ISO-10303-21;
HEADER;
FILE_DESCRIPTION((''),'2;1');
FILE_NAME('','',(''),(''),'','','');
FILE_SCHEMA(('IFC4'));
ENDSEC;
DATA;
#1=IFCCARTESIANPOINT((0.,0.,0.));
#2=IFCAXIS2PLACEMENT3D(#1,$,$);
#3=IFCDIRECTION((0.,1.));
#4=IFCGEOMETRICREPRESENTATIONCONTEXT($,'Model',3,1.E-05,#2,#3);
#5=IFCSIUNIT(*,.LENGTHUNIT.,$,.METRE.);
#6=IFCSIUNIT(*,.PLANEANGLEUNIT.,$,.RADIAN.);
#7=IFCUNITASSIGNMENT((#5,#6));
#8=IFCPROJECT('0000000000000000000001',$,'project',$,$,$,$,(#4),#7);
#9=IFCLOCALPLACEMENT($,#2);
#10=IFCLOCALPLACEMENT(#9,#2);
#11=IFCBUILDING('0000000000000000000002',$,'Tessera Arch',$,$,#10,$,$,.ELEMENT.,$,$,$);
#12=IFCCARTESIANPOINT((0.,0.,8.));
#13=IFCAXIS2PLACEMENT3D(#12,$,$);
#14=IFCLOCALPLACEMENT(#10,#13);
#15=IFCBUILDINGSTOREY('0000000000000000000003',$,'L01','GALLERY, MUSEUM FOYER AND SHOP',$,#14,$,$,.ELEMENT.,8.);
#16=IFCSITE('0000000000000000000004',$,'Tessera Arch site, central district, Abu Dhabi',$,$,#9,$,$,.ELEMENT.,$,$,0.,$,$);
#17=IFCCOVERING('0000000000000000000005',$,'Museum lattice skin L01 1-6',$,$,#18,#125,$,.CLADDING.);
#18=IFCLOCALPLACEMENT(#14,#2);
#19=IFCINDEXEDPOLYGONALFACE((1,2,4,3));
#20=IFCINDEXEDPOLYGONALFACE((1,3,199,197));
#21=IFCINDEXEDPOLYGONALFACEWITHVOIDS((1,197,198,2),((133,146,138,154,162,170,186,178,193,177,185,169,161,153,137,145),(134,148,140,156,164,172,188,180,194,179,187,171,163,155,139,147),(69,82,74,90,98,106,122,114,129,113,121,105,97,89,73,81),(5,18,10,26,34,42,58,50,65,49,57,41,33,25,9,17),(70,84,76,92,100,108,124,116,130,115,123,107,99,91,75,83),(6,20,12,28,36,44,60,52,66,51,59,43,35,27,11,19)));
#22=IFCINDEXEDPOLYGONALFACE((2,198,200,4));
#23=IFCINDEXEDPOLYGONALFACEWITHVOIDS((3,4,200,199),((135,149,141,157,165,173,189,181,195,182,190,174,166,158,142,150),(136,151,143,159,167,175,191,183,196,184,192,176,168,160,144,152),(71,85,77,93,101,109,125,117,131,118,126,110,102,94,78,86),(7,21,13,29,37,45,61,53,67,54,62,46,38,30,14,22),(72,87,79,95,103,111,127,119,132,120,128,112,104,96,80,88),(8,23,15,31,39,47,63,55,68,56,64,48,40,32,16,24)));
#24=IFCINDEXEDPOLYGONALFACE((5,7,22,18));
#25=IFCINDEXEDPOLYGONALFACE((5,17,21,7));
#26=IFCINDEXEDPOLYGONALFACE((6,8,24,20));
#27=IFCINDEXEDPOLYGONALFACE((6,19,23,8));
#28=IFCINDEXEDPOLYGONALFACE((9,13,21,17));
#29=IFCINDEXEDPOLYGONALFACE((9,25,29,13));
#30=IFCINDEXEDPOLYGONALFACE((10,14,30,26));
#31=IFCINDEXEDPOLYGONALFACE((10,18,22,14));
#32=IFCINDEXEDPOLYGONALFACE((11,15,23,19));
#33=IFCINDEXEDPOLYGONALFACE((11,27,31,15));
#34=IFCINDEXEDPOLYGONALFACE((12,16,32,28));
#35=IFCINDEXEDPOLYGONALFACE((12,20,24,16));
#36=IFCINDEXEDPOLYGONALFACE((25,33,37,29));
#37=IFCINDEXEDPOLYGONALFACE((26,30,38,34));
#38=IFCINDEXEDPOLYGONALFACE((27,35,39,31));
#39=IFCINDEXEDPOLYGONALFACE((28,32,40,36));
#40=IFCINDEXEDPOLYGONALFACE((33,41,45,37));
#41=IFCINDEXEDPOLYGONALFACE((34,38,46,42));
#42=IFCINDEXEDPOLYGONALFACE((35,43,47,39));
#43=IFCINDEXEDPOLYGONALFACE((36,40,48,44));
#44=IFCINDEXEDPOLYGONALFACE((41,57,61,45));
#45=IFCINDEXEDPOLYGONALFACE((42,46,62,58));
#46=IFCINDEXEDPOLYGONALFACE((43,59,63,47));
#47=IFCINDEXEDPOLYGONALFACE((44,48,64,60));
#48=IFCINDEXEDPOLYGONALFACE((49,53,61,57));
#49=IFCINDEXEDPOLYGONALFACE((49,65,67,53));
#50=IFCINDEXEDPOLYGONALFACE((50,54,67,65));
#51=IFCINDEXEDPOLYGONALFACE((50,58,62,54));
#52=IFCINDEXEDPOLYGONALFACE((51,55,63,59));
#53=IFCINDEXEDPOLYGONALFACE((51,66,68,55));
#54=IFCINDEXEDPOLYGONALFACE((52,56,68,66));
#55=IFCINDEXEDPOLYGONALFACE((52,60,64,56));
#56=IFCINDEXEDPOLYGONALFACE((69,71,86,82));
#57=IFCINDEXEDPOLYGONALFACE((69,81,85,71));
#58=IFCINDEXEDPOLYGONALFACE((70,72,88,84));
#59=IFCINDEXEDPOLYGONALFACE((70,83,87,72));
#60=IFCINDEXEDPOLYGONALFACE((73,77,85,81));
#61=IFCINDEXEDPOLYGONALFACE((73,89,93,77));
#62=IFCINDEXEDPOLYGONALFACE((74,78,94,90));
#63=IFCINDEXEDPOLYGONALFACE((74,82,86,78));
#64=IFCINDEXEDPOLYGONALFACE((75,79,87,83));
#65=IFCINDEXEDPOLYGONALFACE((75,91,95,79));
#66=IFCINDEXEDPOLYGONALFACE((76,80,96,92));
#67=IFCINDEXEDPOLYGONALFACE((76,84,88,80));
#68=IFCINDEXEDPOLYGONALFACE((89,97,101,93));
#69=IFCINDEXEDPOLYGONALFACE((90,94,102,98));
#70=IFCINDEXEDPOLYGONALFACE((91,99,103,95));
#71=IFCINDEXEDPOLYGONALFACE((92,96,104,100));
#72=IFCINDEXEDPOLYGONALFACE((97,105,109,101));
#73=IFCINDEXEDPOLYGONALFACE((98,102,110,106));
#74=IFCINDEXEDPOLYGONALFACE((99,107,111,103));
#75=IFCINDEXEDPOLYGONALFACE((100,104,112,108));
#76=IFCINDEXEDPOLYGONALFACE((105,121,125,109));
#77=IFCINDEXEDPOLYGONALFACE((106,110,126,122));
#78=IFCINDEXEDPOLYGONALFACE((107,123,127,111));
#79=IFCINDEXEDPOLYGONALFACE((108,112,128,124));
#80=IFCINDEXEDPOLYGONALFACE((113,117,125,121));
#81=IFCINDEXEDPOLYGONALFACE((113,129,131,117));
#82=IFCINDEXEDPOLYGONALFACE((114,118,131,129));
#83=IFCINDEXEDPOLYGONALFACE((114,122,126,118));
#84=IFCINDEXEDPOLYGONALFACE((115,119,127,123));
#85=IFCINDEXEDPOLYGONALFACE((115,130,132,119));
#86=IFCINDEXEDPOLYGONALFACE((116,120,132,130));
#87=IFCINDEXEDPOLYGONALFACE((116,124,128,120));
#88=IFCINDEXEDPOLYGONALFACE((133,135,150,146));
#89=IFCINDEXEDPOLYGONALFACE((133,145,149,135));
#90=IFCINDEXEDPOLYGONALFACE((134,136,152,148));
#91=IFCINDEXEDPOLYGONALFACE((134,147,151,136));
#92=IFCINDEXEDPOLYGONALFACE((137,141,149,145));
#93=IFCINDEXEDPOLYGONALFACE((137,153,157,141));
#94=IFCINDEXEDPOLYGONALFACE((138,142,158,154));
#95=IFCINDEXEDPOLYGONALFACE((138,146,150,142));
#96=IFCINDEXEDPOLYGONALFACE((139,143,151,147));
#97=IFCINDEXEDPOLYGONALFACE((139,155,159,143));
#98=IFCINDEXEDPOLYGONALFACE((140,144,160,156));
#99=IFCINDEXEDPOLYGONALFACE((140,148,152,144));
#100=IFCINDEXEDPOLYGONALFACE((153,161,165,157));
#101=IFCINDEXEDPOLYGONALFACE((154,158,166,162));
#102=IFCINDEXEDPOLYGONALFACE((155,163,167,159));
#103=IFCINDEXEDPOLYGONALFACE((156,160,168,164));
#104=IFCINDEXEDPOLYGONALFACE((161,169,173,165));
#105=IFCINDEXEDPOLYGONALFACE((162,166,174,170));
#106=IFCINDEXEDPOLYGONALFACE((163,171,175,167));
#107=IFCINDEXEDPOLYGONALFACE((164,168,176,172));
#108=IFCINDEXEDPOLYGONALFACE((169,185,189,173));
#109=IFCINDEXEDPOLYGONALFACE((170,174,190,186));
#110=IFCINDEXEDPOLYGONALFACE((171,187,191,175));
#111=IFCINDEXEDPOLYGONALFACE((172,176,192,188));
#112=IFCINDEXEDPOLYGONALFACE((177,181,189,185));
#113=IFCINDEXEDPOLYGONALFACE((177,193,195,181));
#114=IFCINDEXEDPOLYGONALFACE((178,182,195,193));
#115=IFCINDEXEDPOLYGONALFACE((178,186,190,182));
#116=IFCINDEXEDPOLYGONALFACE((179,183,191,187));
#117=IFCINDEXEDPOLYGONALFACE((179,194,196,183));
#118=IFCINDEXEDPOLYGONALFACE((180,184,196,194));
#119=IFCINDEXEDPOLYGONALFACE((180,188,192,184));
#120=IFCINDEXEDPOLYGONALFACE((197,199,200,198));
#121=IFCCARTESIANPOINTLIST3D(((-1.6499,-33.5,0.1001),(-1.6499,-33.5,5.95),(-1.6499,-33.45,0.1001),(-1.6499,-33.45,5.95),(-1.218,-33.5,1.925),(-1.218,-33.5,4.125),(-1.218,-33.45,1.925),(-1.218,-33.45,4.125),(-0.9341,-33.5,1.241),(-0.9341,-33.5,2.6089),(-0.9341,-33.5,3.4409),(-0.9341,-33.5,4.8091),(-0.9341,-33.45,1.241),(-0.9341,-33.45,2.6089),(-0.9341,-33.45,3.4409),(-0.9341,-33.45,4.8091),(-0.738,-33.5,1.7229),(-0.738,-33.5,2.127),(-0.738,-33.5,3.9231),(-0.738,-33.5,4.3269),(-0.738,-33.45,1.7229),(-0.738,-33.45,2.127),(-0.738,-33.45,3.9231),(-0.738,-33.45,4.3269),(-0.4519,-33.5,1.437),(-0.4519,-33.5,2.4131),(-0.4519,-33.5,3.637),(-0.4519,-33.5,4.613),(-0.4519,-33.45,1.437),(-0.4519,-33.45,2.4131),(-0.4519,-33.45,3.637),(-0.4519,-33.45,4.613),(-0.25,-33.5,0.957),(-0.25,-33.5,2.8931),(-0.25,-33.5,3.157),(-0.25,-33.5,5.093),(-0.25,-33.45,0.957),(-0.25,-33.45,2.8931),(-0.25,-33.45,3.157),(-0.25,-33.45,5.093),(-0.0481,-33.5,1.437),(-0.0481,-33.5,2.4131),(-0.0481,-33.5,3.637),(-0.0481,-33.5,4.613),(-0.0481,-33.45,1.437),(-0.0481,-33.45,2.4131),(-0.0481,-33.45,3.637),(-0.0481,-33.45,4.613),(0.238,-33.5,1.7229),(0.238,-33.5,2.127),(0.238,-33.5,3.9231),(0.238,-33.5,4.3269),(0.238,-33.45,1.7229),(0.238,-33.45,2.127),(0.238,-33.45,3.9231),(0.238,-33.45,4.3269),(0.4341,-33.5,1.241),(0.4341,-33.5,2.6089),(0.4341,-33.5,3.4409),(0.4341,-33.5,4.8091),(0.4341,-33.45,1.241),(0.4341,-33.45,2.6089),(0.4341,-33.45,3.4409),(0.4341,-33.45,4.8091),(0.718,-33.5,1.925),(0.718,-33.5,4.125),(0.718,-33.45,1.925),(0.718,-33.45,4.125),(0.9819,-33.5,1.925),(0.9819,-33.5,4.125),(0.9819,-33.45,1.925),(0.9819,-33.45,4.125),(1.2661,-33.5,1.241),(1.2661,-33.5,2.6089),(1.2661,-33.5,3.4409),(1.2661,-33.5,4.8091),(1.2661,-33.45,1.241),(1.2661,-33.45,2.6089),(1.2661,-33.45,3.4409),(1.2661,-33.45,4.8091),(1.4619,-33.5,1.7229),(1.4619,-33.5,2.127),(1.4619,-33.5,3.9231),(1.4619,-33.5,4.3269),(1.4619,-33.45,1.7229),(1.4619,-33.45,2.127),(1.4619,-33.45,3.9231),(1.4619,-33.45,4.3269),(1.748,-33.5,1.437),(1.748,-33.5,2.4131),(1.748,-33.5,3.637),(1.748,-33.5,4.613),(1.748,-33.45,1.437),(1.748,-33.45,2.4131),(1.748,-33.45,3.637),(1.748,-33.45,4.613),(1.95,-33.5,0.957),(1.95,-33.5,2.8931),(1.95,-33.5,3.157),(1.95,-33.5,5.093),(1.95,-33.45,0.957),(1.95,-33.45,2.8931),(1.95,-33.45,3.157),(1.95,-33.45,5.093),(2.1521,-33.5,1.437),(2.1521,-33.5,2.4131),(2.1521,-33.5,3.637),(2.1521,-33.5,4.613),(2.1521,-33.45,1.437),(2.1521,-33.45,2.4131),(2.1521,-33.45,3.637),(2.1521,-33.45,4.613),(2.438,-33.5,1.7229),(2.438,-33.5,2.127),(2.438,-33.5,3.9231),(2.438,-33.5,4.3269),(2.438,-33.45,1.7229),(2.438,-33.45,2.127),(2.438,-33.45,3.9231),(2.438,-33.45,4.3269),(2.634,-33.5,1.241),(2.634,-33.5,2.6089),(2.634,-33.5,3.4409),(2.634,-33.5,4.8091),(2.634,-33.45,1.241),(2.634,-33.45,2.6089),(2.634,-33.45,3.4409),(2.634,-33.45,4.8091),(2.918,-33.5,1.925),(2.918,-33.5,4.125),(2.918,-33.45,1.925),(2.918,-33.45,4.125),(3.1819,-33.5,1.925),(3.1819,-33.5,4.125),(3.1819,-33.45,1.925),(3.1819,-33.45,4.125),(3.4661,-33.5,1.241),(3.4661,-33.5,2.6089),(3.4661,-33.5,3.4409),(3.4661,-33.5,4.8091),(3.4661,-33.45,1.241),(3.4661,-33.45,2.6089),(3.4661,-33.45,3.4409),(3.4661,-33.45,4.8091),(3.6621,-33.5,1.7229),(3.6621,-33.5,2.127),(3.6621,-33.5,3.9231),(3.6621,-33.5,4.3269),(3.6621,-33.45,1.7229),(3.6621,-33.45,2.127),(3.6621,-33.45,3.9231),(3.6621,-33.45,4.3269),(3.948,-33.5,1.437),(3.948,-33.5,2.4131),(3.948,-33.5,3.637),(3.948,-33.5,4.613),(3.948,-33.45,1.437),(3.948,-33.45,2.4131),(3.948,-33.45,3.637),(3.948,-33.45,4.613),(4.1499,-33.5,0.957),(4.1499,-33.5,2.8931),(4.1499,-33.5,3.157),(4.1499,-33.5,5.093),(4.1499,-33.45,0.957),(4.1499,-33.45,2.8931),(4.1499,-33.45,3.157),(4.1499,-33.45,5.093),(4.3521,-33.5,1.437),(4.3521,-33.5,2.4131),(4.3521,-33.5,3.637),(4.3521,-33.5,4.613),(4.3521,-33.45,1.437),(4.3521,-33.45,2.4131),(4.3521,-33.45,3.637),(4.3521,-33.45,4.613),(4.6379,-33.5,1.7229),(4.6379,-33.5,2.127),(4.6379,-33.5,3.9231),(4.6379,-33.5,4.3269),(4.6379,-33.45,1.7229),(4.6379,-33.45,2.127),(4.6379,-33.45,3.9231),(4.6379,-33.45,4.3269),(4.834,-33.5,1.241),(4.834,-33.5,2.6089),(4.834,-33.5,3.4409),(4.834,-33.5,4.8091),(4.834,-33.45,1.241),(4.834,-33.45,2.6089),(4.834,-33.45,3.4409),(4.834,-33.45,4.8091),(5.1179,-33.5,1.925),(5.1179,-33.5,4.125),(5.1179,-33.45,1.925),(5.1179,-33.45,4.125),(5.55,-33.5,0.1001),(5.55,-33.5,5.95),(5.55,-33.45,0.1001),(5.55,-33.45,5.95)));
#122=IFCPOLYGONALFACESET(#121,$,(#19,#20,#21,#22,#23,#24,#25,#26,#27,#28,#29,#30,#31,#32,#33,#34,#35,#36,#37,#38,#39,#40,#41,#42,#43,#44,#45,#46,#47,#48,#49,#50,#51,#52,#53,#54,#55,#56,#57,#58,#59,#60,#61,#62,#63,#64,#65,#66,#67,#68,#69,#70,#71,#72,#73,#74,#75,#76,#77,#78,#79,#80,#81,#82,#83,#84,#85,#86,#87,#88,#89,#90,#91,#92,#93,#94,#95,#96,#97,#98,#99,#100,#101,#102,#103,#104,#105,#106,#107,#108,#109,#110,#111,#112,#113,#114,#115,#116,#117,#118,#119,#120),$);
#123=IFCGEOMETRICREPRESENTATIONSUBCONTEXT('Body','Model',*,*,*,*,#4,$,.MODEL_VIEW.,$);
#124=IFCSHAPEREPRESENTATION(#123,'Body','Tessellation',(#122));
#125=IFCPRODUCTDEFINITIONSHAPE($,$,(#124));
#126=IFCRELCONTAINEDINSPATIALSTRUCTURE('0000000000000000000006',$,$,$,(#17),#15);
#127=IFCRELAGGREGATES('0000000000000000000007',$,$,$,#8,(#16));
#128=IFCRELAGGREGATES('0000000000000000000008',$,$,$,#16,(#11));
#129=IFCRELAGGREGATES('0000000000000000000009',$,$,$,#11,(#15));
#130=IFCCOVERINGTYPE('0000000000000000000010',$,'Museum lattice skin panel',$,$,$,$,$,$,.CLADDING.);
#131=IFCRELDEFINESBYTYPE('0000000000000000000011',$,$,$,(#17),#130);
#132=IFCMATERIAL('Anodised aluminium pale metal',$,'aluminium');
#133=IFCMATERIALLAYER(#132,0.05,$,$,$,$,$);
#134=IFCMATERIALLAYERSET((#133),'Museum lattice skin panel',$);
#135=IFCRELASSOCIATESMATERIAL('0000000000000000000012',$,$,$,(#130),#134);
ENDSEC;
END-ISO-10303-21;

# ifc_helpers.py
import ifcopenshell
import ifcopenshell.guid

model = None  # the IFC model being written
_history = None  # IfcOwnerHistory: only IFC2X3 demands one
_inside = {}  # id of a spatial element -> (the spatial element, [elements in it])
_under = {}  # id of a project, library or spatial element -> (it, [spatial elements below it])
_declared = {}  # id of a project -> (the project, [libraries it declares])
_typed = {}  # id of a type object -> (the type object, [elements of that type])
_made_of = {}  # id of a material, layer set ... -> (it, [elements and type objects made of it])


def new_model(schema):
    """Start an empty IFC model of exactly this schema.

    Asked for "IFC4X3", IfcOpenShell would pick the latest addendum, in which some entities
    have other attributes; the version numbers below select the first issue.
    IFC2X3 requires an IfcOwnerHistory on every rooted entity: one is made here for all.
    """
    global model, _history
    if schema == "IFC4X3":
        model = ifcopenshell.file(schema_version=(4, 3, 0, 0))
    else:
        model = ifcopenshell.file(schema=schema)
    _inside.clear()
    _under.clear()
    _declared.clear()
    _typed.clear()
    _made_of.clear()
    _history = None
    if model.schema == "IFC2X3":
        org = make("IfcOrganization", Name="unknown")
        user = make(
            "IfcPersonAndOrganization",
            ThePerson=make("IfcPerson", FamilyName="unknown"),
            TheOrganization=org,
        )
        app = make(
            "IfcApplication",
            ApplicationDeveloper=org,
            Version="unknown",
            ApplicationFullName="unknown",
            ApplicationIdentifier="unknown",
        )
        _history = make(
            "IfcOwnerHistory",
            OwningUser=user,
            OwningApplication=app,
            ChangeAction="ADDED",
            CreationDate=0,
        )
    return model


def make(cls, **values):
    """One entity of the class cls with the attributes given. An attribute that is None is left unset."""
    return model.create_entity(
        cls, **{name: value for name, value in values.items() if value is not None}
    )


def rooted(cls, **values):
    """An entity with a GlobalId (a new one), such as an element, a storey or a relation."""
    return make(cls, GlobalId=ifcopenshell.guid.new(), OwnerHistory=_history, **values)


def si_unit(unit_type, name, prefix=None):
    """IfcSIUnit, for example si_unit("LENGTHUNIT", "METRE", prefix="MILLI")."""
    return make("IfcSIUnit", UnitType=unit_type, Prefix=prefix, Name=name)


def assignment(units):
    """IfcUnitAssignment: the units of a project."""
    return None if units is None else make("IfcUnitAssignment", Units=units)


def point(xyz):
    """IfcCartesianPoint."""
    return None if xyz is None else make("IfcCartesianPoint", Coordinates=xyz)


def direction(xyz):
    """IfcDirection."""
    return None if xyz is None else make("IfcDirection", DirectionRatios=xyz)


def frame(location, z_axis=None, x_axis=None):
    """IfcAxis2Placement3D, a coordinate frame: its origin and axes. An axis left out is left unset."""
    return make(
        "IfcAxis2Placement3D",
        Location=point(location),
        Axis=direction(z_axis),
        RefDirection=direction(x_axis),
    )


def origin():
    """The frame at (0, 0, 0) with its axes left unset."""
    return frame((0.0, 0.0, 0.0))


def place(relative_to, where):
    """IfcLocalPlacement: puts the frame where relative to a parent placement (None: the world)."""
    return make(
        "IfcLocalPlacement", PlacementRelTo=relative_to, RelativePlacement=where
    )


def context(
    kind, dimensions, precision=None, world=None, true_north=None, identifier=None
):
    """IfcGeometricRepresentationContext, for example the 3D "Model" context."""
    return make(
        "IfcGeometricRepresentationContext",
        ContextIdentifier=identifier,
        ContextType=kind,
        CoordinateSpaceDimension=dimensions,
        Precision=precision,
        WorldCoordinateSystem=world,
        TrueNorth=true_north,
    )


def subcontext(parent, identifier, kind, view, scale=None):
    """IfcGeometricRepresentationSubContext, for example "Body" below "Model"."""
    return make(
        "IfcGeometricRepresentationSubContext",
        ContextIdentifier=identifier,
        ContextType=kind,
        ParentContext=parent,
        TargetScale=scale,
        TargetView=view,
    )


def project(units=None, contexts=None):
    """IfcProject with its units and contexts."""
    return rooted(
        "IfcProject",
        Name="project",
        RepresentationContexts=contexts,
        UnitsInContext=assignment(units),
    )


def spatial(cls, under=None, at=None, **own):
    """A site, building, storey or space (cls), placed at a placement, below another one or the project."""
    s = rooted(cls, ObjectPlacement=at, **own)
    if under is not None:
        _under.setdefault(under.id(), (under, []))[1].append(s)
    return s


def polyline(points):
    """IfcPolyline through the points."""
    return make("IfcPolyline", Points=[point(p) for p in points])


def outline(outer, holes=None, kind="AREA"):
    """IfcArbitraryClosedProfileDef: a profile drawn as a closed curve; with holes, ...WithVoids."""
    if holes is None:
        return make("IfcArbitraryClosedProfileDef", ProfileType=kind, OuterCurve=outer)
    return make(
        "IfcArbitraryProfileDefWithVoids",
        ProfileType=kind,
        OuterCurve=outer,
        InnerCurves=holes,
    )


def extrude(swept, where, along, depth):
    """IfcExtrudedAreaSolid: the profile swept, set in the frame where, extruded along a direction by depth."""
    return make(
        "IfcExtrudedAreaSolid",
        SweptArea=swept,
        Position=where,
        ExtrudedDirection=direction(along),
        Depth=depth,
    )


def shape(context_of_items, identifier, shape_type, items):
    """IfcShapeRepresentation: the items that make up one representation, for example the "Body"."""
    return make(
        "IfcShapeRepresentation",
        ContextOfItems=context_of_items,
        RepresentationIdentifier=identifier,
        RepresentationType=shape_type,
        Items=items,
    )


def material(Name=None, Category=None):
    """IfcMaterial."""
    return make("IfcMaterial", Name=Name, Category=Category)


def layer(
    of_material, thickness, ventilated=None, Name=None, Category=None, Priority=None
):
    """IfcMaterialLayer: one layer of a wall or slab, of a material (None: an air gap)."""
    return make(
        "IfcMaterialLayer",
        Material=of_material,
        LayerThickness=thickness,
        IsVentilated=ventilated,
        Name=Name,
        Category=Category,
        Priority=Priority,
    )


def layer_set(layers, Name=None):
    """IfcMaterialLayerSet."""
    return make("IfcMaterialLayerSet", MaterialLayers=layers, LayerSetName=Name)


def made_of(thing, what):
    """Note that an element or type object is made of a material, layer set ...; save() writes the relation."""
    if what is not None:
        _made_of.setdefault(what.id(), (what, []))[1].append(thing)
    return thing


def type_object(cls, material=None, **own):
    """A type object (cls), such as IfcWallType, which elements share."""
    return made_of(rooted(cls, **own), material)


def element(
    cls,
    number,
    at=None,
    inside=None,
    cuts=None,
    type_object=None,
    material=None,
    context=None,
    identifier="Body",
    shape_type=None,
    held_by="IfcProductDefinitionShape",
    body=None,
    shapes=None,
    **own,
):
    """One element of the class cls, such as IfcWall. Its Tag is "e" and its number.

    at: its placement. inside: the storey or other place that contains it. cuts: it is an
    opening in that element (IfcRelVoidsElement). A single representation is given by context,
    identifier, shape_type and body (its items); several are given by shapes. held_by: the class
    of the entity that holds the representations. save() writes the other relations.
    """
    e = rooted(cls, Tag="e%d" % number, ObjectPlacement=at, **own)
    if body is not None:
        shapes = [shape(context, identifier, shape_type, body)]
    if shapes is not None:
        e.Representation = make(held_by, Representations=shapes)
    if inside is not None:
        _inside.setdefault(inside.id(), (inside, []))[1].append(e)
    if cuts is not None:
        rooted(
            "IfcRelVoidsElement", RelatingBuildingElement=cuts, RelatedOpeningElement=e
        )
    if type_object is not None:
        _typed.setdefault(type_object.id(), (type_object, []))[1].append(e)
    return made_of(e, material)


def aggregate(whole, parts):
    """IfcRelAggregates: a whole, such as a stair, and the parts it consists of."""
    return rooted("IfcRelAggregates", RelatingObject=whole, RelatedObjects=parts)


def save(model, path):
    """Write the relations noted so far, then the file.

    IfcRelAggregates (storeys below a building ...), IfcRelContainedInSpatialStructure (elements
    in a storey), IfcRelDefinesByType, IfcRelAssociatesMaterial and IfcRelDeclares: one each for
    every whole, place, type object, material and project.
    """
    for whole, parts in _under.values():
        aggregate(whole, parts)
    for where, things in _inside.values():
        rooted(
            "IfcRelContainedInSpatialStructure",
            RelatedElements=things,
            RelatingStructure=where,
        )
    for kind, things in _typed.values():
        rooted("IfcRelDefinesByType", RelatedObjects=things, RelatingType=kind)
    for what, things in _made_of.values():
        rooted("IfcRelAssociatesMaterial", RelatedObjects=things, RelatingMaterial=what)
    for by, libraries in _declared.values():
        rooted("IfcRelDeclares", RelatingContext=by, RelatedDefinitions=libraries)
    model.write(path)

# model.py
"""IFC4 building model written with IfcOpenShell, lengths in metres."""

from ifc_helpers import new_model, si_unit, direction, frame, origin, place, context, subcontext, project, spatial, polyline, outline, extrude, material, layer, layer_set, type_object, element, save


model = new_model("IFC4")

# Units and contexts
model_context = context("Model", 3, precision=1e-05, world=origin(), true_north=direction((0.0, 1.0)))
body_context = subcontext(model_context, "Body", "Model", "MODEL_VIEW")
ifc_project = project(units=[si_unit("LENGTHUNIT", "METRE"), si_unit("PLANEANGLEUNIT", "RADIAN")], contexts=[model_context])

# Site, building, storey
site_placement = place(None, origin())
site = spatial("IfcSite", under=ifc_project, at=site_placement, Name="Tessera Arch site, central district, Abu Dhabi", CompositionType="ELEMENT", RefElevation=0.0)
building_placement = place(site_placement, origin())
building = spatial("IfcBuilding", under=site, at=building_placement, Name="Tessera Arch", CompositionType="ELEMENT")
storey_placement = place(building_placement, frame((0.0, 0.0, 8.0)))
storey = spatial("IfcBuildingStorey", under=building, at=storey_placement, Name="L01", Description="GALLERY, MUSEUM FOYER AND SHOP", CompositionType="ELEMENT", Elevation=8.0)

# Covering
ifc_material_1 = material(Name="Anodised aluminium pale metal", Category="aluminium")
ifc_layer_1 = layer(ifc_material_1, 0.05)
ifc_layer_set_1 = layer_set([ifc_layer_1], Name="Museum lattice skin panel")
covering_type_1 = type_object("IfcCoveringType", Name="Museum lattice skin panel", PredefinedType="CLADDING", material=ifc_layer_set_1)
covering_1_placement = place(storey_placement, frame((-1.6499, -33.45, 5.95), z_axis=(0.0, 1.0, 0.0), x_axis=(1.0, 0.0, 0.0)))
element("IfcCovering", 1, at=covering_1_placement, inside=storey, type_object=covering_type_1, Name="Museum lattice skin L01 1-6", PredefinedType="CLADDING", context=body_context, shape_type="SweptSolid", body=[
    extrude(outline(polyline([(0.0, 0.0), (7.2, 0.0), (7.2, 5.8499), (0.0, 5.8499), (0.0, 0.0)]), holes=[polyline([(2.3679, 4.0249), (1.8879, 3.823), (2.084, 3.3411), (1.6018, 3.5369), (1.3999, 3.0569), (1.198, 3.5369), (0.7158, 3.3411), (0.9119, 3.823), (0.4319, 4.0249), (0.9119, 4.2271), (0.7158, 4.709), (1.198, 4.5129), (1.3999, 4.9929), (1.6018, 4.5129), (2.084, 4.709), (1.8879, 4.2271), (2.3679, 4.0249)]), polyline([(2.3679, 1.825), (1.8879, 1.623), (2.084, 1.1409), (1.6018, 1.3369), (1.3999, 0.8569), (1.198, 1.3369), (0.7158, 1.1409), (0.9119, 1.623), (0.4319, 1.825), (0.9119, 2.0269), (0.7158, 2.509), (1.198, 2.313), (1.3999, 2.793), (1.6018, 2.313), (2.084, 2.509), (1.8879, 2.0269), (2.3679, 1.825)]), polyline([(4.5679, 4.0249), (4.0879, 3.823), (4.2839, 3.3411), (3.802, 3.5369), (3.5999, 3.0569), (3.3979, 3.5369), (2.916, 3.3411), (3.1118, 3.823), (2.6318, 4.0249), (3.1118, 4.2271), (2.916, 4.709), (3.3979, 4.5129), (3.5999, 4.9929), (3.802, 4.5129), (4.2839, 4.709), (4.0879, 4.2271), (4.5679, 4.0249)]), polyline([(4.5679, 1.825), (4.0879, 1.623), (4.2839, 1.1409), (3.802, 1.3369), (3.5999, 0.8569), (3.3979, 1.3369), (2.916, 1.1409), (3.1118, 1.623), (2.6318, 1.825), (3.1118, 2.0269), (2.916, 2.509), (3.3979, 2.313), (3.5999, 2.793), (3.802, 2.313), (4.2839, 2.509), (4.0879, 2.0269), (4.5679, 1.825)]), polyline([(6.7678, 4.0249), (6.2878, 3.823), (6.4839, 3.3411), (6.002, 3.5369), (5.7998, 3.0569), (5.5979, 3.5369), (5.116, 3.3411), (5.312, 3.823), (4.8318, 4.0249), (5.312, 4.2271), (5.116, 4.709), (5.5979, 4.5129), (5.7998, 4.9929), (6.002, 4.5129), (6.4839, 4.709), (6.2878, 4.2271), (6.7678, 4.0249)]), polyline([(6.7678, 1.825), (6.2878, 1.623), (6.4839, 1.1409), (6.002, 1.3369), (5.7998, 0.8569), (5.5979, 1.3369), (5.116, 1.1409), (5.312, 1.623), (4.8318, 1.825), (5.312, 2.0269), (5.116, 2.509), (5.5979, 2.313), (5.7998, 2.793), (6.002, 2.313), (6.4839, 2.509), (6.2878, 2.0269), (6.7678, 1.825)])]), origin(), (0.0, 0.0, -1.0), 0.05),
])

save(model, "model.ifc")
